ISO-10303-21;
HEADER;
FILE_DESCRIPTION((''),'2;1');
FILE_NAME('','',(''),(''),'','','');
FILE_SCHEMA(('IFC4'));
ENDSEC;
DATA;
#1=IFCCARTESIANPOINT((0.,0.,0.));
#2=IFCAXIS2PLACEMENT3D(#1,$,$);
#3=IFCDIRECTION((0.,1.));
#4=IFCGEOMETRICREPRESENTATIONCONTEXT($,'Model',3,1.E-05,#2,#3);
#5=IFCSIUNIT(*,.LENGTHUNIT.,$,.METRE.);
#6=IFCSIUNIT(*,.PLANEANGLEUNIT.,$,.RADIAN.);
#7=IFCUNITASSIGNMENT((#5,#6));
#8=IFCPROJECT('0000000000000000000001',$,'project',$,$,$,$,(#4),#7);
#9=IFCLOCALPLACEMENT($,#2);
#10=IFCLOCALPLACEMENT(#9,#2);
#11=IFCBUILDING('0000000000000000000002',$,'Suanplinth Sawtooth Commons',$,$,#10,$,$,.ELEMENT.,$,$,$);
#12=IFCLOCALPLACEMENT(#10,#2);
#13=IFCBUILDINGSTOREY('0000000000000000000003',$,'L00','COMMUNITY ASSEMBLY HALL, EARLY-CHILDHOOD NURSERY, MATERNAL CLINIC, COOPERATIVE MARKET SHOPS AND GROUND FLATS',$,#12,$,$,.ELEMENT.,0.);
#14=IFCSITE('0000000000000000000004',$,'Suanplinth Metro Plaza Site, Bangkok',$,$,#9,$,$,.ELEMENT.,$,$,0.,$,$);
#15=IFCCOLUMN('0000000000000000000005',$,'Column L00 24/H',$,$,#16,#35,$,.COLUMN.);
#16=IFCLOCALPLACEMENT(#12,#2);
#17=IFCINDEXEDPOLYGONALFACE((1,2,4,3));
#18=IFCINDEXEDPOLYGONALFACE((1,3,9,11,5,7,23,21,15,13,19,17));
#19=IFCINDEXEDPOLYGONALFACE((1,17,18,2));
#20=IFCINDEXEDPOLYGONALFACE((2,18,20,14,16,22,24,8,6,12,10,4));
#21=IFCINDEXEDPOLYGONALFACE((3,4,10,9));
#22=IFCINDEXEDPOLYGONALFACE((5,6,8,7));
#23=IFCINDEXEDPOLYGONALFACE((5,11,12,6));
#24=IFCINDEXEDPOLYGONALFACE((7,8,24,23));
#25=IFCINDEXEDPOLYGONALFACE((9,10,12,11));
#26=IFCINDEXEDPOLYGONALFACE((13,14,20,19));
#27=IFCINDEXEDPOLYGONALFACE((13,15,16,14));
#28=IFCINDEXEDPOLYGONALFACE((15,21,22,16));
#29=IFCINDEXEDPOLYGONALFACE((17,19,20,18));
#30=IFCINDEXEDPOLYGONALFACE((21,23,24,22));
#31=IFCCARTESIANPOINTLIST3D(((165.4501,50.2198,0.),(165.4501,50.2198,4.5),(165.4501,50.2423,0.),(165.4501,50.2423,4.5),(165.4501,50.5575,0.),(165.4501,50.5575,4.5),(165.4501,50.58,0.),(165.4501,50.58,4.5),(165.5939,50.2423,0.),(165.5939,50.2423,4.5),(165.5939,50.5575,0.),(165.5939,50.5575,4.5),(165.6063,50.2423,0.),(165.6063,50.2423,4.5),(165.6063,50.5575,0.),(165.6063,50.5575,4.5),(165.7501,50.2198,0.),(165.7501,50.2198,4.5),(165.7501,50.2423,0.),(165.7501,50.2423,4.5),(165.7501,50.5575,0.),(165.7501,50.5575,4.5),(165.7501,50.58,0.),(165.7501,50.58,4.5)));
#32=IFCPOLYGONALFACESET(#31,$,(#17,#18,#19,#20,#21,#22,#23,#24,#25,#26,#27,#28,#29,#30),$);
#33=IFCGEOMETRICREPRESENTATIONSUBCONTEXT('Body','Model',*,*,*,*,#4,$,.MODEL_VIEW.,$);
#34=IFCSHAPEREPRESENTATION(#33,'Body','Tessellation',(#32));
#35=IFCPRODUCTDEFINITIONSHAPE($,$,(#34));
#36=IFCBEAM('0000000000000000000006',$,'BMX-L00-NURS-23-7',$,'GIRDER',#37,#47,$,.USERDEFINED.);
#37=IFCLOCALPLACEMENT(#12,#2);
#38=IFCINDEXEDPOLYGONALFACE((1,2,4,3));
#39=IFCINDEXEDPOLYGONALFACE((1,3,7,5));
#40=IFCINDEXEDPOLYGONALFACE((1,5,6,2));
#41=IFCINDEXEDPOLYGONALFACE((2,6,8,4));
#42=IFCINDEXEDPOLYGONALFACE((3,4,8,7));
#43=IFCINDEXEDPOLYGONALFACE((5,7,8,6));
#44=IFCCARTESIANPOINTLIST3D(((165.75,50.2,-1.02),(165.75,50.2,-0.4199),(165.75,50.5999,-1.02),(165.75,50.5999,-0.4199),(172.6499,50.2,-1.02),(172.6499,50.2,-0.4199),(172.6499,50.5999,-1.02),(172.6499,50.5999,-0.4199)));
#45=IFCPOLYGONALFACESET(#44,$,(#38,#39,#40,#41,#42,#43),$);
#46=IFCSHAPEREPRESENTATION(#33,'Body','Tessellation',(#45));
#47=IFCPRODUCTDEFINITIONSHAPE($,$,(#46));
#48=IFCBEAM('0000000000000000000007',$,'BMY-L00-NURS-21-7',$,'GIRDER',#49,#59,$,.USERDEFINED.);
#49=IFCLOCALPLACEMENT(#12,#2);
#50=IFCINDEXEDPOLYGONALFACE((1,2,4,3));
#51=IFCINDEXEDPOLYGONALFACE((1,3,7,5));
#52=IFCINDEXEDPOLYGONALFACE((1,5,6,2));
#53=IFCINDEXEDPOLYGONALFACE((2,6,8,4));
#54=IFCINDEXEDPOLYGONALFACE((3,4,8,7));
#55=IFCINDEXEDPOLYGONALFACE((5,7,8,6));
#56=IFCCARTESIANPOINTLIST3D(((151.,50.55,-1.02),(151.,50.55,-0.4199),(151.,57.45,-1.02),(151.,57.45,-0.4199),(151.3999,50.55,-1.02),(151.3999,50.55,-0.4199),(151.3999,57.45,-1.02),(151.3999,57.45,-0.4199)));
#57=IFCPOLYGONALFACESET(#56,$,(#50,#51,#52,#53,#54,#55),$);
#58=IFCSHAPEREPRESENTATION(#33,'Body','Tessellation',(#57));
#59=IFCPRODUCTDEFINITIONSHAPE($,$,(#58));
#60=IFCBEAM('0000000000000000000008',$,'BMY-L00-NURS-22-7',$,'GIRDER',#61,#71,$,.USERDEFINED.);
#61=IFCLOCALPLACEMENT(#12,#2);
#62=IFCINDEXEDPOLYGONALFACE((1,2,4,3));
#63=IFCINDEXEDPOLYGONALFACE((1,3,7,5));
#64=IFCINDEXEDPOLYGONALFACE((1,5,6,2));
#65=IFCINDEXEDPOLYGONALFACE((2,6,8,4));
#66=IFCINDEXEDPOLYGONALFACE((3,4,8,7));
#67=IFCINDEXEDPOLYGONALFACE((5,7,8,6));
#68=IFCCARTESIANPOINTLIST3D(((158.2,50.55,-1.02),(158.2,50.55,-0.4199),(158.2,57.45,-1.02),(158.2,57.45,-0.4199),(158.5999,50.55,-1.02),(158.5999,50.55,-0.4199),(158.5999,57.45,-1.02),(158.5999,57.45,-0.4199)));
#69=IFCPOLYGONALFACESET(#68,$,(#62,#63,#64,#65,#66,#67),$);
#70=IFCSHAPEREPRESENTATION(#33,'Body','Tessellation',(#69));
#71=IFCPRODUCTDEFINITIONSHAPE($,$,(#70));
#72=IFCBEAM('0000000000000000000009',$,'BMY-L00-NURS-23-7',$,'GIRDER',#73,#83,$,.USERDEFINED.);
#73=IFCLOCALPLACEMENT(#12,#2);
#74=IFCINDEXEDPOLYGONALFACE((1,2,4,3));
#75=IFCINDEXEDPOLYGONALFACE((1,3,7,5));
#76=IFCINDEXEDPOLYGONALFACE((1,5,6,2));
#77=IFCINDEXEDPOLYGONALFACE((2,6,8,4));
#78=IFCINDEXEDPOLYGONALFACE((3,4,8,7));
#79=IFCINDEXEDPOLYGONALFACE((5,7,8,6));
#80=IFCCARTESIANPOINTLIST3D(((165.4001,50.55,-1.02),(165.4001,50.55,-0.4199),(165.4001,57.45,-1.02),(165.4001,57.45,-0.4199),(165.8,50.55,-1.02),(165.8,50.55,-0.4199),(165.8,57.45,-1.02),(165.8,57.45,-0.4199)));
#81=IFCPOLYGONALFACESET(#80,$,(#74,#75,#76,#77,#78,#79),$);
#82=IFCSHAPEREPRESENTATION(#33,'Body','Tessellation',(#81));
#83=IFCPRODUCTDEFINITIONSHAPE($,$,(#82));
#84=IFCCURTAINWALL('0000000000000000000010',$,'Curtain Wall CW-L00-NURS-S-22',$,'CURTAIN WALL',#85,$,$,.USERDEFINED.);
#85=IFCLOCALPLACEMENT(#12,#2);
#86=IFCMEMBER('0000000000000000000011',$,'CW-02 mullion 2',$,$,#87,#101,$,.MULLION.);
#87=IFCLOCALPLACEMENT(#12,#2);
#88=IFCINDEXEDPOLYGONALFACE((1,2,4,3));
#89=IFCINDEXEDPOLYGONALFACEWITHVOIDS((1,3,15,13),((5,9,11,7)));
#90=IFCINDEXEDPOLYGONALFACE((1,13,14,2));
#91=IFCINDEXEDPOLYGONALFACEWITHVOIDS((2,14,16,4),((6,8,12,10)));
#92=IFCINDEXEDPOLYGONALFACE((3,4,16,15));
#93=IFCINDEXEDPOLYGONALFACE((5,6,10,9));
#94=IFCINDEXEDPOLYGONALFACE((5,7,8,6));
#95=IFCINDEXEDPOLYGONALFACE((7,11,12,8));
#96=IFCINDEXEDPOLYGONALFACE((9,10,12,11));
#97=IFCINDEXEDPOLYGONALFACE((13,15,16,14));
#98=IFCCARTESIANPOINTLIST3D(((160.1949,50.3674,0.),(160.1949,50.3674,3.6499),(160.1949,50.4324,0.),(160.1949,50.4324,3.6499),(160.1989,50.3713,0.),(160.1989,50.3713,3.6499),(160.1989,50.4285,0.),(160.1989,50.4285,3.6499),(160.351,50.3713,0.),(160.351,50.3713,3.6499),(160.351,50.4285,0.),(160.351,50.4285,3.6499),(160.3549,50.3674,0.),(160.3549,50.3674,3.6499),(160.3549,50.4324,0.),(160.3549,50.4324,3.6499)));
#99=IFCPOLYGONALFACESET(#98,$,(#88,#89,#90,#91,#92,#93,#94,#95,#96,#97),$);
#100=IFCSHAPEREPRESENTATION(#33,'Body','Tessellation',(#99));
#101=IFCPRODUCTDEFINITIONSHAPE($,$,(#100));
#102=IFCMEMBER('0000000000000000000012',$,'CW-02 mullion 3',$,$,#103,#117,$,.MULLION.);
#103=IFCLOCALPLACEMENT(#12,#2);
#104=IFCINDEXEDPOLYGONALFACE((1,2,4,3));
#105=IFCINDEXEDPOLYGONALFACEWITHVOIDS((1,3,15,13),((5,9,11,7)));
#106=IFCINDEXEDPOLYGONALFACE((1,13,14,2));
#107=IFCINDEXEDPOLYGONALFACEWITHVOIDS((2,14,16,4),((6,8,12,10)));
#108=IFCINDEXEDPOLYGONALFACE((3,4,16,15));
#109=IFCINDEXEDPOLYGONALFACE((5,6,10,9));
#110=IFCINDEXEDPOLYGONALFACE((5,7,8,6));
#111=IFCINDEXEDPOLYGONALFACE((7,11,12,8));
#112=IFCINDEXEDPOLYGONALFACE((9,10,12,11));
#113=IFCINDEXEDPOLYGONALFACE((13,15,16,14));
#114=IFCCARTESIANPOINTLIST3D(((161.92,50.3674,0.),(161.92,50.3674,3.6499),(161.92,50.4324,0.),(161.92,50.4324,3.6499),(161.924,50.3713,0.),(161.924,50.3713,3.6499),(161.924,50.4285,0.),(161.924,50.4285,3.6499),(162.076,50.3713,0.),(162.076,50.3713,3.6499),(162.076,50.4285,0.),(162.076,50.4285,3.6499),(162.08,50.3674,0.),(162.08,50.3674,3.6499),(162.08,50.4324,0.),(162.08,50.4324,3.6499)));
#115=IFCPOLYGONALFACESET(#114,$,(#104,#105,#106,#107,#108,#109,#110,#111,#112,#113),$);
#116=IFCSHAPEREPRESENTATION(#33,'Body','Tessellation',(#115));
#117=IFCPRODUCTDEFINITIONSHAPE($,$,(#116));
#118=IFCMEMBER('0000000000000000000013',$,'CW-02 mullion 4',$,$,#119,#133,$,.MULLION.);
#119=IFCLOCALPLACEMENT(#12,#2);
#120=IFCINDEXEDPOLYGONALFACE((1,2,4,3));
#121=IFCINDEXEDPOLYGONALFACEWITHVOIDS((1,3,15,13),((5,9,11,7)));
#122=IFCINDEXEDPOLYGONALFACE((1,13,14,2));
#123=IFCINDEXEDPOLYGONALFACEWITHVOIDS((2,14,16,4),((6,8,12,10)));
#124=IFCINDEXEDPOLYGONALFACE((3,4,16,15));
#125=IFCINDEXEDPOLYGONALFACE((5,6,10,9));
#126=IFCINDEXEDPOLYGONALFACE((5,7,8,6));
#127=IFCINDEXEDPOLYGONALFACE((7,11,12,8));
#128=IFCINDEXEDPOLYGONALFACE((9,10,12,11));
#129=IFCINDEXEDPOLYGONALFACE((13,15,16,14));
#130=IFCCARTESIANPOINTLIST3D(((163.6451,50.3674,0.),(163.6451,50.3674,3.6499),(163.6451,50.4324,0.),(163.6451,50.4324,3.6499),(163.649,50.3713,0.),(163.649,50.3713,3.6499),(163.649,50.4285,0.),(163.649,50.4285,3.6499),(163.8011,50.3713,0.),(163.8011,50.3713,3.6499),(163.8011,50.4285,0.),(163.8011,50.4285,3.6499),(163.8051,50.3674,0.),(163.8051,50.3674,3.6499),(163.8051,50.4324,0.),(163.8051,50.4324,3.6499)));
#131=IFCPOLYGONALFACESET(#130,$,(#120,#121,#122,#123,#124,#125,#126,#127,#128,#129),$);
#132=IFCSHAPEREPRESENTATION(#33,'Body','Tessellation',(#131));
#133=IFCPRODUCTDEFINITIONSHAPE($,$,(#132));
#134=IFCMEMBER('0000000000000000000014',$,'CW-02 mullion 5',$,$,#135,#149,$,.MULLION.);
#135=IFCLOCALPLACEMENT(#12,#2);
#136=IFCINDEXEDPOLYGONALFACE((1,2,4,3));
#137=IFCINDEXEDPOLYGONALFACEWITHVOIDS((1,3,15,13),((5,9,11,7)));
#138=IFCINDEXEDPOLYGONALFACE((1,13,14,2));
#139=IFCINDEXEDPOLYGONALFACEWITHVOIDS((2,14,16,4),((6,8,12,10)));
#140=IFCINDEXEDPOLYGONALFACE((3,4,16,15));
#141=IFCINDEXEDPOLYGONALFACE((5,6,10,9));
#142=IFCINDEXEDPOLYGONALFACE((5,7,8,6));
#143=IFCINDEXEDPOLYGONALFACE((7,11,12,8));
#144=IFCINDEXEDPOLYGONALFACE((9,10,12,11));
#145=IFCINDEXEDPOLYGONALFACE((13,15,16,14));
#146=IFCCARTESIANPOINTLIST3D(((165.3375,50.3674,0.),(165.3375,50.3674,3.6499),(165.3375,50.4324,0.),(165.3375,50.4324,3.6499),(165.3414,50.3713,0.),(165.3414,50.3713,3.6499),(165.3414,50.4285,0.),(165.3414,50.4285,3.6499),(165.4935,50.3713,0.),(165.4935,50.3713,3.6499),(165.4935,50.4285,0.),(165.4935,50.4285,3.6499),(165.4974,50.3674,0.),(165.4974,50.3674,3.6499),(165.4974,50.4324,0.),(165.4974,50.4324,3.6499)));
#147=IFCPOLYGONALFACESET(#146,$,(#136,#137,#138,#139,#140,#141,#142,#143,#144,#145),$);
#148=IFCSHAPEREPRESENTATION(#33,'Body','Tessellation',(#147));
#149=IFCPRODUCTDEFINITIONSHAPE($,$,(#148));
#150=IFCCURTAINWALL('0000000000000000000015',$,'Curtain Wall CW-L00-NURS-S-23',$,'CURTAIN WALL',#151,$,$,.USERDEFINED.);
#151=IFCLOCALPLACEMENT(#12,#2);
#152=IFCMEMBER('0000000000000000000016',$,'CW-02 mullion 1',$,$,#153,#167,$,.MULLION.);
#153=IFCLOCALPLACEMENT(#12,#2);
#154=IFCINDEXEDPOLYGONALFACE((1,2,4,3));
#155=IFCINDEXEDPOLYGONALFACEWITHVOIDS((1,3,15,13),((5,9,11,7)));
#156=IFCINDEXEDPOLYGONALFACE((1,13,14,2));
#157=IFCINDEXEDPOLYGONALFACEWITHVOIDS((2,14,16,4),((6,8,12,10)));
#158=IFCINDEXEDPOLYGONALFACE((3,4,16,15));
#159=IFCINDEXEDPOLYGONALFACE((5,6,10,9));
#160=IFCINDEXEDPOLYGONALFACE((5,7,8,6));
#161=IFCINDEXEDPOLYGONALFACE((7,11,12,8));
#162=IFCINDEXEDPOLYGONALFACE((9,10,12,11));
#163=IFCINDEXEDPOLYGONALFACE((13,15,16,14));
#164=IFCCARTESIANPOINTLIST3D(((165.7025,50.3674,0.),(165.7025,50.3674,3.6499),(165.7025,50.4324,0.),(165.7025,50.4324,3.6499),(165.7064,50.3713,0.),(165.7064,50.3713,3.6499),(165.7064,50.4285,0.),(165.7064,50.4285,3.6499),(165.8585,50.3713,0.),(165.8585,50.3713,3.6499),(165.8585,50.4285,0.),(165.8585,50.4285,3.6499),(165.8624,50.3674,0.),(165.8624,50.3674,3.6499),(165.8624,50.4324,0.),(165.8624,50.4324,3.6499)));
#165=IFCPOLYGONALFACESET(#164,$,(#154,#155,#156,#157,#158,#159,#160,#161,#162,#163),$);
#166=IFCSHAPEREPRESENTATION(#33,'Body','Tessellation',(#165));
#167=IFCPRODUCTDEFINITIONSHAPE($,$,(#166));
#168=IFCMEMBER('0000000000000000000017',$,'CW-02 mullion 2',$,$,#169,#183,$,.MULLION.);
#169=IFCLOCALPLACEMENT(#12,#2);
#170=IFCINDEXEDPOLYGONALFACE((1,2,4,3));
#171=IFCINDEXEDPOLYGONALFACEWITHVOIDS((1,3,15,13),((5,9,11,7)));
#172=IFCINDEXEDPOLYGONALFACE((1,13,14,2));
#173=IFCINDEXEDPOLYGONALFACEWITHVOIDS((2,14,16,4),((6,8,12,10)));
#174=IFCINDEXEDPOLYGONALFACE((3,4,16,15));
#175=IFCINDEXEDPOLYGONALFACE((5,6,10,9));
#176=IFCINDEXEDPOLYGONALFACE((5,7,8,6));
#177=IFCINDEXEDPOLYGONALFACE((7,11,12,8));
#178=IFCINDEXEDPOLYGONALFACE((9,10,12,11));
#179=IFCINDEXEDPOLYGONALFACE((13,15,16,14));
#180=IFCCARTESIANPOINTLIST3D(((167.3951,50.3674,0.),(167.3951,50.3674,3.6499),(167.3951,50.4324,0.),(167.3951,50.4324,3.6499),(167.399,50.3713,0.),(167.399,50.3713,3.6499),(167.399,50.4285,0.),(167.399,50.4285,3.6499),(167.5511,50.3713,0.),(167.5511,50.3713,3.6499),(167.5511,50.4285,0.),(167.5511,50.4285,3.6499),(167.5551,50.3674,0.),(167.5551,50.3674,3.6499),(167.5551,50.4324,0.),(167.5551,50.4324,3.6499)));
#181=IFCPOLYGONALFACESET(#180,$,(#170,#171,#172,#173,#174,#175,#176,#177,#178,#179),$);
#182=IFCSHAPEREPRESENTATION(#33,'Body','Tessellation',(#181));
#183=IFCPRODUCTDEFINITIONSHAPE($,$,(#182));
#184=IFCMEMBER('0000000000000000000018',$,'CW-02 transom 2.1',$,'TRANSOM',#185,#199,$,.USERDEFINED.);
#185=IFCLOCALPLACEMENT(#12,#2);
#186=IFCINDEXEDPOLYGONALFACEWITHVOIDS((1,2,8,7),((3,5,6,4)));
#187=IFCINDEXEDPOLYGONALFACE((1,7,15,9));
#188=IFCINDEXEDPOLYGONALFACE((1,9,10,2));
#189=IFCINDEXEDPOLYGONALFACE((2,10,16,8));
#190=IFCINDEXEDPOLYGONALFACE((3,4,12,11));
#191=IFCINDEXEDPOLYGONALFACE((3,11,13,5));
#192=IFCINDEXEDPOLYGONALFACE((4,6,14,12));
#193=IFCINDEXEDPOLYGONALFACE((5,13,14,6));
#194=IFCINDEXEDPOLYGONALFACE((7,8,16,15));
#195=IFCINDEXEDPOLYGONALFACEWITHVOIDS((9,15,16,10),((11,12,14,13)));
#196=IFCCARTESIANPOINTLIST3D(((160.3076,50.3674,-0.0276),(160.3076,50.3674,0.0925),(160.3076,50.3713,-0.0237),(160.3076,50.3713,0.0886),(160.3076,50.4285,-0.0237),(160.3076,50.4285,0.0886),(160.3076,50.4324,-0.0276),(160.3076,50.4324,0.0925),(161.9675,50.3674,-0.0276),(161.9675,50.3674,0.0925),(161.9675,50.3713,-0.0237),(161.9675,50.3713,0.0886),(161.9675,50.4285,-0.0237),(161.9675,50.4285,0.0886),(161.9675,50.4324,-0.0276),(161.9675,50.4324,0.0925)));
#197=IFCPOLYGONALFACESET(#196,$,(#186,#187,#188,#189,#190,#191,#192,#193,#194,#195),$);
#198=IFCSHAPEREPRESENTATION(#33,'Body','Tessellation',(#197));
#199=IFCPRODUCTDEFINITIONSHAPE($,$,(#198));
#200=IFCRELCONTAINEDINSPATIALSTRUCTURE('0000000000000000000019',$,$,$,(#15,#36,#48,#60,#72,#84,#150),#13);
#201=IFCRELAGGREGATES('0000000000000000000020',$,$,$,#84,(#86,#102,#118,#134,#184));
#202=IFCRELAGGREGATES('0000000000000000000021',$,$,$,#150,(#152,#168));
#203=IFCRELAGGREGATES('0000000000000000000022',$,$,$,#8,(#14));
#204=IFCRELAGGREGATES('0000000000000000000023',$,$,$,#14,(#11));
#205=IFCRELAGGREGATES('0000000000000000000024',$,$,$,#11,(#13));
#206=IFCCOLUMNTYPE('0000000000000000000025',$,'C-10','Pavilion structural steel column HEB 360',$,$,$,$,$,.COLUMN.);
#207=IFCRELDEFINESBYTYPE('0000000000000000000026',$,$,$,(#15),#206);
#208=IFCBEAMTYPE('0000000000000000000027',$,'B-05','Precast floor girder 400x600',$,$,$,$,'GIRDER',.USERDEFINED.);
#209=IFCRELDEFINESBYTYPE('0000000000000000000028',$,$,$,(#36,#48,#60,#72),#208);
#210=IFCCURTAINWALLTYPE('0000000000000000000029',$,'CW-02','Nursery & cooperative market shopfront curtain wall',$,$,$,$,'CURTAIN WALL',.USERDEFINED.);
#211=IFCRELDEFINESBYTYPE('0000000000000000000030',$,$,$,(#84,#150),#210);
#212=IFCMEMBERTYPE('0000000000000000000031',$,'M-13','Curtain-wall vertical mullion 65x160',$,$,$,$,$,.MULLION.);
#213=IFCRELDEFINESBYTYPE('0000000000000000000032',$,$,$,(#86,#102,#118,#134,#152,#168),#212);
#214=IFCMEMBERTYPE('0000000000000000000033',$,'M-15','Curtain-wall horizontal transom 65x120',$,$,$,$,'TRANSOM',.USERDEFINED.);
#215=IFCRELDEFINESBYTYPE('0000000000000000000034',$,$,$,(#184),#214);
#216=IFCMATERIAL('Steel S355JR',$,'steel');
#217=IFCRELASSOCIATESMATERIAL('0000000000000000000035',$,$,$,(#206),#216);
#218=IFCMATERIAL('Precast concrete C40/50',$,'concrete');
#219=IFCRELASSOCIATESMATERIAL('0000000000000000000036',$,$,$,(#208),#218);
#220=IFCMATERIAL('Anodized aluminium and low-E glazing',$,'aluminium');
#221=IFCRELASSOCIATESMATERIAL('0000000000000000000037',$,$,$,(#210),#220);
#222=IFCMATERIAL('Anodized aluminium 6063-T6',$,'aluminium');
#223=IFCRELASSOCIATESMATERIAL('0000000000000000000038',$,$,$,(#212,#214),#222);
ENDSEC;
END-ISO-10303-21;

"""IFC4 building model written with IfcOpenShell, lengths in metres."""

from ifc_helpers import new_model, si_unit, direction, frame, origin, origin_2d, place, context, subcontext, project, spatial, rectangle, hollow_rectangle, i_section, extrude, material, material_profile, profile_set, type_object, element, aggregate, save


model = new_model("IFC4")

# Units and contexts
model_context = context("Model", 3, precision=1e-05, world=origin(), true_north=direction((0.0, 1.0)))
body_context = subcontext(model_context, "Body", "Model", "MODEL_VIEW")
ifc_project = project(units=[si_unit("LENGTHUNIT", "METRE"), si_unit("PLANEANGLEUNIT", "RADIAN")], contexts=[model_context])

# Site, building, storey
site_placement = place(None, origin())
site = spatial("IfcSite", under=ifc_project, at=site_placement, Name="Suanplinth Metro Plaza Site, Bangkok", CompositionType="ELEMENT", RefElevation=0.0)
building_placement = place(site_placement, origin())
building = spatial("IfcBuilding", under=site, at=building_placement, Name="Suanplinth Sawtooth Commons", CompositionType="ELEMENT")
storey_placement = place(building_placement, origin())
storey = spatial("IfcBuildingStorey", under=building, at=storey_placement, Name="L00", Description="COMMUNITY ASSEMBLY HALL, EARLY-CHILDHOOD NURSERY, MATERNAL CLINIC, COOPERATIVE MARKET SHOPS AND GROUND FLATS", CompositionType="ELEMENT", Elevation=0.0)

# Column
ifc_material_1 = material(Name="Steel S355JR", Category="steel")
ifc_material_profile_1 = material_profile(ifc_material_1, i_section(OverallWidth=0.3, OverallDepth=0.3601, WebThickness=0.0125, FlangeThickness=0.0225, at=origin_2d()), Name="HEB 360")
ifc_profile_set_1 = profile_set([ifc_material_profile_1], Name="Steel S355JR")
column_type = type_object("IfcColumnType", Name="C-10", Description="Pavilion structural steel column HEB 360", PredefinedType="COLUMN", material=ifc_profile_set_1)
column_placement = place(storey_placement, frame((165.6001, 50.3999, 0.0), z_axis=(0.0, 0.0, 1.0), x_axis=(1.0, 0.0, 0.0)))
element("IfcColumn", 1, at=column_placement, inside=storey, type_object=column_type, Name="Column L00 24/H", PredefinedType="COLUMN", context=body_context, shape_type="SweptSolid", body=[
    extrude(i_section(OverallWidth=0.3, OverallDepth=0.3601, WebThickness=0.0125, FlangeThickness=0.0225, at=origin_2d()), origin(), (0.0, 0.0, 1.0), 4.5),
])

# Beams
ifc_material_2 = material(Name="Precast concrete C40/50", Category="concrete")
ifc_material_profile_2 = material_profile(ifc_material_2, rectangle(XDim=0.3999, YDim=0.6001, at=origin_2d()), Name="PC-GDR 400x600")
ifc_profile_set_2 = profile_set([ifc_material_profile_2], Name="Precast concrete C40/50")
beam_type = type_object("IfcBeamType", Name="B-05", Description="Precast floor girder 400x600", ElementType="GIRDER", PredefinedType="USERDEFINED", material=ifc_profile_set_2)
for number, where, z_axis, x_axis, name in (
    (2, (165.75, 50.3999, -0.72), (1.0, 0.0, 0.0), (0.0, 1.0, 0.0), "BMX-L00-NURS-23-7"),
    (3, (151.2, 50.55, -0.72), (0.0, 1.0, 0.0), (-1.0, 0.0, 0.0), "BMY-L00-NURS-21-7"),
    (4, (158.3999, 50.55, -0.72), (0.0, 1.0, 0.0), (-1.0, 0.0, 0.0), "BMY-L00-NURS-22-7"),
    (5, (165.6001, 50.55, -0.72), (0.0, 1.0, 0.0), (-1.0, 0.0, 0.0), "BMY-L00-NURS-23-7"),
):
    element("IfcBeam", number, at=place(storey_placement, frame(where, z_axis=z_axis, x_axis=x_axis)), inside=storey, type_object=beam_type, Name=name, ObjectType="GIRDER", PredefinedType="USERDEFINED", context=body_context, shape_type="SweptSolid", body=[
        extrude(rectangle(XDim=0.3999, YDim=0.6001, at=origin_2d()), origin(), (0.0, 0.0, 1.0), 6.8999),
    ])

# Curtain walls, members
ifc_material_3 = material(Name="Anodized aluminium and low-E glazing", Category="aluminium")
curtain_wall_type = type_object("IfcCurtainWallType", Name="CW-02", Description="Nursery & cooperative market shopfront curtain wall", ElementType="CURTAIN WALL", PredefinedType="USERDEFINED", material=ifc_material_3)
curtain_wall_1_placement = place(storey_placement, origin())
curtain_wall_1 = element("IfcCurtainWall", 6, at=curtain_wall_1_placement, inside=storey, type_object=curtain_wall_type, Name="Curtain Wall CW-L00-NURS-S-22", ObjectType="CURTAIN WALL", PredefinedType="USERDEFINED")
ifc_material_4 = material(Name="Anodized aluminium 6063-T6", Category="aluminium")
ifc_material_profile_3 = material_profile(ifc_material_4, hollow_rectangle(XDim=0.0649, YDim=0.1599, WallThickness=0.0039, at=origin_2d()), Name="ALU-MUL 65x160")
ifc_profile_set_3 = profile_set([ifc_material_profile_3], Name="Anodized aluminium 6063-T6")
member_type_1 = type_object("IfcMemberType", Name="M-13", Description="Curtain-wall vertical mullion 65x160", PredefinedType="MULLION", material=ifc_profile_set_3)
member_1_placement = place(storey_placement, frame((160.2749, 50.3999, 0.0), z_axis=(0.0, 0.0, 1.0), x_axis=(0.0, 1.0, 0.0)))
member_1 = element("IfcMember", 7, at=member_1_placement, type_object=member_type_1, Name="CW-02 mullion 2", PredefinedType="MULLION", context=body_context, shape_type="SweptSolid", body=[
    extrude(hollow_rectangle(XDim=0.0649, YDim=0.1599, WallThickness=0.0039, at=origin_2d()), origin(), (0.0, 0.0, 1.0), 3.6499),
])
member_2_placement = place(storey_placement, frame((162.0, 50.3999, 0.0), z_axis=(0.0, 0.0, 1.0), x_axis=(0.0, 1.0, 0.0)))
member_2 = element("IfcMember", 8, at=member_2_placement, type_object=member_type_1, Name="CW-02 mullion 3", PredefinedType="MULLION", context=body_context, shape_type="SweptSolid", body=[
    extrude(hollow_rectangle(XDim=0.0649, YDim=0.1599, WallThickness=0.0039, at=origin_2d()), origin(), (0.0, 0.0, 1.0), 3.6499),
])
member_3_placement = place(storey_placement, frame((163.7251, 50.3999, 0.0), z_axis=(0.0, 0.0, 1.0), x_axis=(0.0, 1.0, 0.0)))
member_3 = element("IfcMember", 9, at=member_3_placement, type_object=member_type_1, Name="CW-02 mullion 4", PredefinedType="MULLION", context=body_context, shape_type="SweptSolid", body=[
    extrude(hollow_rectangle(XDim=0.0649, YDim=0.1599, WallThickness=0.0039, at=origin_2d()), origin(), (0.0, 0.0, 1.0), 3.6499),
])
member_4_placement = place(storey_placement, frame((165.4175, 50.3999, 0.0), z_axis=(0.0, 0.0, 1.0), x_axis=(0.0, 1.0, 0.0)))
member_4 = element("IfcMember", 10, at=member_4_placement, type_object=member_type_1, Name="CW-02 mullion 5", PredefinedType="MULLION", context=body_context, shape_type="SweptSolid", body=[
    extrude(hollow_rectangle(XDim=0.0649, YDim=0.1599, WallThickness=0.0039, at=origin_2d()), origin(), (0.0, 0.0, 1.0), 3.6499),
])
curtain_wall_2_placement = place(storey_placement, origin())
curtain_wall_2 = element("IfcCurtainWall", 11, at=curtain_wall_2_placement, inside=storey, type_object=curtain_wall_type, Name="Curtain Wall CW-L00-NURS-S-23", ObjectType="CURTAIN WALL", PredefinedType="USERDEFINED")
member_5_placement = place(storey_placement, frame((165.7825, 50.3999, 0.0), z_axis=(0.0, 0.0, 1.0), x_axis=(0.0, 1.0, 0.0)))
member_5 = element("IfcMember", 12, at=member_5_placement, type_object=member_type_1, Name="CW-02 mullion 1", PredefinedType="MULLION", context=body_context, shape_type="SweptSolid", body=[
    extrude(hollow_rectangle(XDim=0.0649, YDim=0.1599, WallThickness=0.0039, at=origin_2d()), origin(), (0.0, 0.0, 1.0), 3.6499),
])
member_6_placement = place(storey_placement, frame((167.4751, 50.3999, 0.0), z_axis=(0.0, 0.0, 1.0), x_axis=(0.0, 1.0, 0.0)))
member_6 = element("IfcMember", 13, at=member_6_placement, type_object=member_type_1, Name="CW-02 mullion 2", PredefinedType="MULLION", context=body_context, shape_type="SweptSolid", body=[
    extrude(hollow_rectangle(XDim=0.0649, YDim=0.1599, WallThickness=0.0039, at=origin_2d()), origin(), (0.0, 0.0, 1.0), 3.6499),
])

# Member
ifc_material_profile_4 = material_profile(ifc_material_4, hollow_rectangle(XDim=0.0649, YDim=0.1201, WallThickness=0.0039, at=origin_2d()), Name="ALU-TRN 65x120")
ifc_profile_set_4 = profile_set([ifc_material_profile_4], Name="Anodized aluminium 6063-T6")
member_type_2 = type_object("IfcMemberType", Name="M-15", Description="Curtain-wall horizontal transom 65x120", ElementType="TRANSOM", PredefinedType="USERDEFINED", material=ifc_profile_set_4)
member_7_placement = place(storey_placement, frame((160.3076, 50.3999, 0.0325), z_axis=(1.0, 0.0, 0.0), x_axis=(0.0, 1.0, 0.0)))
member_7 = element("IfcMember", 14, at=member_7_placement, type_object=member_type_2, Name="CW-02 transom 2.1", ObjectType="TRANSOM", PredefinedType="USERDEFINED", context=body_context, shape_type="SweptSolid", body=[
    extrude(hollow_rectangle(XDim=0.0649, YDim=0.1201, WallThickness=0.0039, at=origin_2d()), origin(), (0.0, 0.0, 1.0), 1.6599),
])

aggregate(curtain_wall_1, [member_1, member_2, member_3, member_4, member_7])
aggregate(curtain_wall_2, [member_5, member_6])

save(model, "model.ifc")
